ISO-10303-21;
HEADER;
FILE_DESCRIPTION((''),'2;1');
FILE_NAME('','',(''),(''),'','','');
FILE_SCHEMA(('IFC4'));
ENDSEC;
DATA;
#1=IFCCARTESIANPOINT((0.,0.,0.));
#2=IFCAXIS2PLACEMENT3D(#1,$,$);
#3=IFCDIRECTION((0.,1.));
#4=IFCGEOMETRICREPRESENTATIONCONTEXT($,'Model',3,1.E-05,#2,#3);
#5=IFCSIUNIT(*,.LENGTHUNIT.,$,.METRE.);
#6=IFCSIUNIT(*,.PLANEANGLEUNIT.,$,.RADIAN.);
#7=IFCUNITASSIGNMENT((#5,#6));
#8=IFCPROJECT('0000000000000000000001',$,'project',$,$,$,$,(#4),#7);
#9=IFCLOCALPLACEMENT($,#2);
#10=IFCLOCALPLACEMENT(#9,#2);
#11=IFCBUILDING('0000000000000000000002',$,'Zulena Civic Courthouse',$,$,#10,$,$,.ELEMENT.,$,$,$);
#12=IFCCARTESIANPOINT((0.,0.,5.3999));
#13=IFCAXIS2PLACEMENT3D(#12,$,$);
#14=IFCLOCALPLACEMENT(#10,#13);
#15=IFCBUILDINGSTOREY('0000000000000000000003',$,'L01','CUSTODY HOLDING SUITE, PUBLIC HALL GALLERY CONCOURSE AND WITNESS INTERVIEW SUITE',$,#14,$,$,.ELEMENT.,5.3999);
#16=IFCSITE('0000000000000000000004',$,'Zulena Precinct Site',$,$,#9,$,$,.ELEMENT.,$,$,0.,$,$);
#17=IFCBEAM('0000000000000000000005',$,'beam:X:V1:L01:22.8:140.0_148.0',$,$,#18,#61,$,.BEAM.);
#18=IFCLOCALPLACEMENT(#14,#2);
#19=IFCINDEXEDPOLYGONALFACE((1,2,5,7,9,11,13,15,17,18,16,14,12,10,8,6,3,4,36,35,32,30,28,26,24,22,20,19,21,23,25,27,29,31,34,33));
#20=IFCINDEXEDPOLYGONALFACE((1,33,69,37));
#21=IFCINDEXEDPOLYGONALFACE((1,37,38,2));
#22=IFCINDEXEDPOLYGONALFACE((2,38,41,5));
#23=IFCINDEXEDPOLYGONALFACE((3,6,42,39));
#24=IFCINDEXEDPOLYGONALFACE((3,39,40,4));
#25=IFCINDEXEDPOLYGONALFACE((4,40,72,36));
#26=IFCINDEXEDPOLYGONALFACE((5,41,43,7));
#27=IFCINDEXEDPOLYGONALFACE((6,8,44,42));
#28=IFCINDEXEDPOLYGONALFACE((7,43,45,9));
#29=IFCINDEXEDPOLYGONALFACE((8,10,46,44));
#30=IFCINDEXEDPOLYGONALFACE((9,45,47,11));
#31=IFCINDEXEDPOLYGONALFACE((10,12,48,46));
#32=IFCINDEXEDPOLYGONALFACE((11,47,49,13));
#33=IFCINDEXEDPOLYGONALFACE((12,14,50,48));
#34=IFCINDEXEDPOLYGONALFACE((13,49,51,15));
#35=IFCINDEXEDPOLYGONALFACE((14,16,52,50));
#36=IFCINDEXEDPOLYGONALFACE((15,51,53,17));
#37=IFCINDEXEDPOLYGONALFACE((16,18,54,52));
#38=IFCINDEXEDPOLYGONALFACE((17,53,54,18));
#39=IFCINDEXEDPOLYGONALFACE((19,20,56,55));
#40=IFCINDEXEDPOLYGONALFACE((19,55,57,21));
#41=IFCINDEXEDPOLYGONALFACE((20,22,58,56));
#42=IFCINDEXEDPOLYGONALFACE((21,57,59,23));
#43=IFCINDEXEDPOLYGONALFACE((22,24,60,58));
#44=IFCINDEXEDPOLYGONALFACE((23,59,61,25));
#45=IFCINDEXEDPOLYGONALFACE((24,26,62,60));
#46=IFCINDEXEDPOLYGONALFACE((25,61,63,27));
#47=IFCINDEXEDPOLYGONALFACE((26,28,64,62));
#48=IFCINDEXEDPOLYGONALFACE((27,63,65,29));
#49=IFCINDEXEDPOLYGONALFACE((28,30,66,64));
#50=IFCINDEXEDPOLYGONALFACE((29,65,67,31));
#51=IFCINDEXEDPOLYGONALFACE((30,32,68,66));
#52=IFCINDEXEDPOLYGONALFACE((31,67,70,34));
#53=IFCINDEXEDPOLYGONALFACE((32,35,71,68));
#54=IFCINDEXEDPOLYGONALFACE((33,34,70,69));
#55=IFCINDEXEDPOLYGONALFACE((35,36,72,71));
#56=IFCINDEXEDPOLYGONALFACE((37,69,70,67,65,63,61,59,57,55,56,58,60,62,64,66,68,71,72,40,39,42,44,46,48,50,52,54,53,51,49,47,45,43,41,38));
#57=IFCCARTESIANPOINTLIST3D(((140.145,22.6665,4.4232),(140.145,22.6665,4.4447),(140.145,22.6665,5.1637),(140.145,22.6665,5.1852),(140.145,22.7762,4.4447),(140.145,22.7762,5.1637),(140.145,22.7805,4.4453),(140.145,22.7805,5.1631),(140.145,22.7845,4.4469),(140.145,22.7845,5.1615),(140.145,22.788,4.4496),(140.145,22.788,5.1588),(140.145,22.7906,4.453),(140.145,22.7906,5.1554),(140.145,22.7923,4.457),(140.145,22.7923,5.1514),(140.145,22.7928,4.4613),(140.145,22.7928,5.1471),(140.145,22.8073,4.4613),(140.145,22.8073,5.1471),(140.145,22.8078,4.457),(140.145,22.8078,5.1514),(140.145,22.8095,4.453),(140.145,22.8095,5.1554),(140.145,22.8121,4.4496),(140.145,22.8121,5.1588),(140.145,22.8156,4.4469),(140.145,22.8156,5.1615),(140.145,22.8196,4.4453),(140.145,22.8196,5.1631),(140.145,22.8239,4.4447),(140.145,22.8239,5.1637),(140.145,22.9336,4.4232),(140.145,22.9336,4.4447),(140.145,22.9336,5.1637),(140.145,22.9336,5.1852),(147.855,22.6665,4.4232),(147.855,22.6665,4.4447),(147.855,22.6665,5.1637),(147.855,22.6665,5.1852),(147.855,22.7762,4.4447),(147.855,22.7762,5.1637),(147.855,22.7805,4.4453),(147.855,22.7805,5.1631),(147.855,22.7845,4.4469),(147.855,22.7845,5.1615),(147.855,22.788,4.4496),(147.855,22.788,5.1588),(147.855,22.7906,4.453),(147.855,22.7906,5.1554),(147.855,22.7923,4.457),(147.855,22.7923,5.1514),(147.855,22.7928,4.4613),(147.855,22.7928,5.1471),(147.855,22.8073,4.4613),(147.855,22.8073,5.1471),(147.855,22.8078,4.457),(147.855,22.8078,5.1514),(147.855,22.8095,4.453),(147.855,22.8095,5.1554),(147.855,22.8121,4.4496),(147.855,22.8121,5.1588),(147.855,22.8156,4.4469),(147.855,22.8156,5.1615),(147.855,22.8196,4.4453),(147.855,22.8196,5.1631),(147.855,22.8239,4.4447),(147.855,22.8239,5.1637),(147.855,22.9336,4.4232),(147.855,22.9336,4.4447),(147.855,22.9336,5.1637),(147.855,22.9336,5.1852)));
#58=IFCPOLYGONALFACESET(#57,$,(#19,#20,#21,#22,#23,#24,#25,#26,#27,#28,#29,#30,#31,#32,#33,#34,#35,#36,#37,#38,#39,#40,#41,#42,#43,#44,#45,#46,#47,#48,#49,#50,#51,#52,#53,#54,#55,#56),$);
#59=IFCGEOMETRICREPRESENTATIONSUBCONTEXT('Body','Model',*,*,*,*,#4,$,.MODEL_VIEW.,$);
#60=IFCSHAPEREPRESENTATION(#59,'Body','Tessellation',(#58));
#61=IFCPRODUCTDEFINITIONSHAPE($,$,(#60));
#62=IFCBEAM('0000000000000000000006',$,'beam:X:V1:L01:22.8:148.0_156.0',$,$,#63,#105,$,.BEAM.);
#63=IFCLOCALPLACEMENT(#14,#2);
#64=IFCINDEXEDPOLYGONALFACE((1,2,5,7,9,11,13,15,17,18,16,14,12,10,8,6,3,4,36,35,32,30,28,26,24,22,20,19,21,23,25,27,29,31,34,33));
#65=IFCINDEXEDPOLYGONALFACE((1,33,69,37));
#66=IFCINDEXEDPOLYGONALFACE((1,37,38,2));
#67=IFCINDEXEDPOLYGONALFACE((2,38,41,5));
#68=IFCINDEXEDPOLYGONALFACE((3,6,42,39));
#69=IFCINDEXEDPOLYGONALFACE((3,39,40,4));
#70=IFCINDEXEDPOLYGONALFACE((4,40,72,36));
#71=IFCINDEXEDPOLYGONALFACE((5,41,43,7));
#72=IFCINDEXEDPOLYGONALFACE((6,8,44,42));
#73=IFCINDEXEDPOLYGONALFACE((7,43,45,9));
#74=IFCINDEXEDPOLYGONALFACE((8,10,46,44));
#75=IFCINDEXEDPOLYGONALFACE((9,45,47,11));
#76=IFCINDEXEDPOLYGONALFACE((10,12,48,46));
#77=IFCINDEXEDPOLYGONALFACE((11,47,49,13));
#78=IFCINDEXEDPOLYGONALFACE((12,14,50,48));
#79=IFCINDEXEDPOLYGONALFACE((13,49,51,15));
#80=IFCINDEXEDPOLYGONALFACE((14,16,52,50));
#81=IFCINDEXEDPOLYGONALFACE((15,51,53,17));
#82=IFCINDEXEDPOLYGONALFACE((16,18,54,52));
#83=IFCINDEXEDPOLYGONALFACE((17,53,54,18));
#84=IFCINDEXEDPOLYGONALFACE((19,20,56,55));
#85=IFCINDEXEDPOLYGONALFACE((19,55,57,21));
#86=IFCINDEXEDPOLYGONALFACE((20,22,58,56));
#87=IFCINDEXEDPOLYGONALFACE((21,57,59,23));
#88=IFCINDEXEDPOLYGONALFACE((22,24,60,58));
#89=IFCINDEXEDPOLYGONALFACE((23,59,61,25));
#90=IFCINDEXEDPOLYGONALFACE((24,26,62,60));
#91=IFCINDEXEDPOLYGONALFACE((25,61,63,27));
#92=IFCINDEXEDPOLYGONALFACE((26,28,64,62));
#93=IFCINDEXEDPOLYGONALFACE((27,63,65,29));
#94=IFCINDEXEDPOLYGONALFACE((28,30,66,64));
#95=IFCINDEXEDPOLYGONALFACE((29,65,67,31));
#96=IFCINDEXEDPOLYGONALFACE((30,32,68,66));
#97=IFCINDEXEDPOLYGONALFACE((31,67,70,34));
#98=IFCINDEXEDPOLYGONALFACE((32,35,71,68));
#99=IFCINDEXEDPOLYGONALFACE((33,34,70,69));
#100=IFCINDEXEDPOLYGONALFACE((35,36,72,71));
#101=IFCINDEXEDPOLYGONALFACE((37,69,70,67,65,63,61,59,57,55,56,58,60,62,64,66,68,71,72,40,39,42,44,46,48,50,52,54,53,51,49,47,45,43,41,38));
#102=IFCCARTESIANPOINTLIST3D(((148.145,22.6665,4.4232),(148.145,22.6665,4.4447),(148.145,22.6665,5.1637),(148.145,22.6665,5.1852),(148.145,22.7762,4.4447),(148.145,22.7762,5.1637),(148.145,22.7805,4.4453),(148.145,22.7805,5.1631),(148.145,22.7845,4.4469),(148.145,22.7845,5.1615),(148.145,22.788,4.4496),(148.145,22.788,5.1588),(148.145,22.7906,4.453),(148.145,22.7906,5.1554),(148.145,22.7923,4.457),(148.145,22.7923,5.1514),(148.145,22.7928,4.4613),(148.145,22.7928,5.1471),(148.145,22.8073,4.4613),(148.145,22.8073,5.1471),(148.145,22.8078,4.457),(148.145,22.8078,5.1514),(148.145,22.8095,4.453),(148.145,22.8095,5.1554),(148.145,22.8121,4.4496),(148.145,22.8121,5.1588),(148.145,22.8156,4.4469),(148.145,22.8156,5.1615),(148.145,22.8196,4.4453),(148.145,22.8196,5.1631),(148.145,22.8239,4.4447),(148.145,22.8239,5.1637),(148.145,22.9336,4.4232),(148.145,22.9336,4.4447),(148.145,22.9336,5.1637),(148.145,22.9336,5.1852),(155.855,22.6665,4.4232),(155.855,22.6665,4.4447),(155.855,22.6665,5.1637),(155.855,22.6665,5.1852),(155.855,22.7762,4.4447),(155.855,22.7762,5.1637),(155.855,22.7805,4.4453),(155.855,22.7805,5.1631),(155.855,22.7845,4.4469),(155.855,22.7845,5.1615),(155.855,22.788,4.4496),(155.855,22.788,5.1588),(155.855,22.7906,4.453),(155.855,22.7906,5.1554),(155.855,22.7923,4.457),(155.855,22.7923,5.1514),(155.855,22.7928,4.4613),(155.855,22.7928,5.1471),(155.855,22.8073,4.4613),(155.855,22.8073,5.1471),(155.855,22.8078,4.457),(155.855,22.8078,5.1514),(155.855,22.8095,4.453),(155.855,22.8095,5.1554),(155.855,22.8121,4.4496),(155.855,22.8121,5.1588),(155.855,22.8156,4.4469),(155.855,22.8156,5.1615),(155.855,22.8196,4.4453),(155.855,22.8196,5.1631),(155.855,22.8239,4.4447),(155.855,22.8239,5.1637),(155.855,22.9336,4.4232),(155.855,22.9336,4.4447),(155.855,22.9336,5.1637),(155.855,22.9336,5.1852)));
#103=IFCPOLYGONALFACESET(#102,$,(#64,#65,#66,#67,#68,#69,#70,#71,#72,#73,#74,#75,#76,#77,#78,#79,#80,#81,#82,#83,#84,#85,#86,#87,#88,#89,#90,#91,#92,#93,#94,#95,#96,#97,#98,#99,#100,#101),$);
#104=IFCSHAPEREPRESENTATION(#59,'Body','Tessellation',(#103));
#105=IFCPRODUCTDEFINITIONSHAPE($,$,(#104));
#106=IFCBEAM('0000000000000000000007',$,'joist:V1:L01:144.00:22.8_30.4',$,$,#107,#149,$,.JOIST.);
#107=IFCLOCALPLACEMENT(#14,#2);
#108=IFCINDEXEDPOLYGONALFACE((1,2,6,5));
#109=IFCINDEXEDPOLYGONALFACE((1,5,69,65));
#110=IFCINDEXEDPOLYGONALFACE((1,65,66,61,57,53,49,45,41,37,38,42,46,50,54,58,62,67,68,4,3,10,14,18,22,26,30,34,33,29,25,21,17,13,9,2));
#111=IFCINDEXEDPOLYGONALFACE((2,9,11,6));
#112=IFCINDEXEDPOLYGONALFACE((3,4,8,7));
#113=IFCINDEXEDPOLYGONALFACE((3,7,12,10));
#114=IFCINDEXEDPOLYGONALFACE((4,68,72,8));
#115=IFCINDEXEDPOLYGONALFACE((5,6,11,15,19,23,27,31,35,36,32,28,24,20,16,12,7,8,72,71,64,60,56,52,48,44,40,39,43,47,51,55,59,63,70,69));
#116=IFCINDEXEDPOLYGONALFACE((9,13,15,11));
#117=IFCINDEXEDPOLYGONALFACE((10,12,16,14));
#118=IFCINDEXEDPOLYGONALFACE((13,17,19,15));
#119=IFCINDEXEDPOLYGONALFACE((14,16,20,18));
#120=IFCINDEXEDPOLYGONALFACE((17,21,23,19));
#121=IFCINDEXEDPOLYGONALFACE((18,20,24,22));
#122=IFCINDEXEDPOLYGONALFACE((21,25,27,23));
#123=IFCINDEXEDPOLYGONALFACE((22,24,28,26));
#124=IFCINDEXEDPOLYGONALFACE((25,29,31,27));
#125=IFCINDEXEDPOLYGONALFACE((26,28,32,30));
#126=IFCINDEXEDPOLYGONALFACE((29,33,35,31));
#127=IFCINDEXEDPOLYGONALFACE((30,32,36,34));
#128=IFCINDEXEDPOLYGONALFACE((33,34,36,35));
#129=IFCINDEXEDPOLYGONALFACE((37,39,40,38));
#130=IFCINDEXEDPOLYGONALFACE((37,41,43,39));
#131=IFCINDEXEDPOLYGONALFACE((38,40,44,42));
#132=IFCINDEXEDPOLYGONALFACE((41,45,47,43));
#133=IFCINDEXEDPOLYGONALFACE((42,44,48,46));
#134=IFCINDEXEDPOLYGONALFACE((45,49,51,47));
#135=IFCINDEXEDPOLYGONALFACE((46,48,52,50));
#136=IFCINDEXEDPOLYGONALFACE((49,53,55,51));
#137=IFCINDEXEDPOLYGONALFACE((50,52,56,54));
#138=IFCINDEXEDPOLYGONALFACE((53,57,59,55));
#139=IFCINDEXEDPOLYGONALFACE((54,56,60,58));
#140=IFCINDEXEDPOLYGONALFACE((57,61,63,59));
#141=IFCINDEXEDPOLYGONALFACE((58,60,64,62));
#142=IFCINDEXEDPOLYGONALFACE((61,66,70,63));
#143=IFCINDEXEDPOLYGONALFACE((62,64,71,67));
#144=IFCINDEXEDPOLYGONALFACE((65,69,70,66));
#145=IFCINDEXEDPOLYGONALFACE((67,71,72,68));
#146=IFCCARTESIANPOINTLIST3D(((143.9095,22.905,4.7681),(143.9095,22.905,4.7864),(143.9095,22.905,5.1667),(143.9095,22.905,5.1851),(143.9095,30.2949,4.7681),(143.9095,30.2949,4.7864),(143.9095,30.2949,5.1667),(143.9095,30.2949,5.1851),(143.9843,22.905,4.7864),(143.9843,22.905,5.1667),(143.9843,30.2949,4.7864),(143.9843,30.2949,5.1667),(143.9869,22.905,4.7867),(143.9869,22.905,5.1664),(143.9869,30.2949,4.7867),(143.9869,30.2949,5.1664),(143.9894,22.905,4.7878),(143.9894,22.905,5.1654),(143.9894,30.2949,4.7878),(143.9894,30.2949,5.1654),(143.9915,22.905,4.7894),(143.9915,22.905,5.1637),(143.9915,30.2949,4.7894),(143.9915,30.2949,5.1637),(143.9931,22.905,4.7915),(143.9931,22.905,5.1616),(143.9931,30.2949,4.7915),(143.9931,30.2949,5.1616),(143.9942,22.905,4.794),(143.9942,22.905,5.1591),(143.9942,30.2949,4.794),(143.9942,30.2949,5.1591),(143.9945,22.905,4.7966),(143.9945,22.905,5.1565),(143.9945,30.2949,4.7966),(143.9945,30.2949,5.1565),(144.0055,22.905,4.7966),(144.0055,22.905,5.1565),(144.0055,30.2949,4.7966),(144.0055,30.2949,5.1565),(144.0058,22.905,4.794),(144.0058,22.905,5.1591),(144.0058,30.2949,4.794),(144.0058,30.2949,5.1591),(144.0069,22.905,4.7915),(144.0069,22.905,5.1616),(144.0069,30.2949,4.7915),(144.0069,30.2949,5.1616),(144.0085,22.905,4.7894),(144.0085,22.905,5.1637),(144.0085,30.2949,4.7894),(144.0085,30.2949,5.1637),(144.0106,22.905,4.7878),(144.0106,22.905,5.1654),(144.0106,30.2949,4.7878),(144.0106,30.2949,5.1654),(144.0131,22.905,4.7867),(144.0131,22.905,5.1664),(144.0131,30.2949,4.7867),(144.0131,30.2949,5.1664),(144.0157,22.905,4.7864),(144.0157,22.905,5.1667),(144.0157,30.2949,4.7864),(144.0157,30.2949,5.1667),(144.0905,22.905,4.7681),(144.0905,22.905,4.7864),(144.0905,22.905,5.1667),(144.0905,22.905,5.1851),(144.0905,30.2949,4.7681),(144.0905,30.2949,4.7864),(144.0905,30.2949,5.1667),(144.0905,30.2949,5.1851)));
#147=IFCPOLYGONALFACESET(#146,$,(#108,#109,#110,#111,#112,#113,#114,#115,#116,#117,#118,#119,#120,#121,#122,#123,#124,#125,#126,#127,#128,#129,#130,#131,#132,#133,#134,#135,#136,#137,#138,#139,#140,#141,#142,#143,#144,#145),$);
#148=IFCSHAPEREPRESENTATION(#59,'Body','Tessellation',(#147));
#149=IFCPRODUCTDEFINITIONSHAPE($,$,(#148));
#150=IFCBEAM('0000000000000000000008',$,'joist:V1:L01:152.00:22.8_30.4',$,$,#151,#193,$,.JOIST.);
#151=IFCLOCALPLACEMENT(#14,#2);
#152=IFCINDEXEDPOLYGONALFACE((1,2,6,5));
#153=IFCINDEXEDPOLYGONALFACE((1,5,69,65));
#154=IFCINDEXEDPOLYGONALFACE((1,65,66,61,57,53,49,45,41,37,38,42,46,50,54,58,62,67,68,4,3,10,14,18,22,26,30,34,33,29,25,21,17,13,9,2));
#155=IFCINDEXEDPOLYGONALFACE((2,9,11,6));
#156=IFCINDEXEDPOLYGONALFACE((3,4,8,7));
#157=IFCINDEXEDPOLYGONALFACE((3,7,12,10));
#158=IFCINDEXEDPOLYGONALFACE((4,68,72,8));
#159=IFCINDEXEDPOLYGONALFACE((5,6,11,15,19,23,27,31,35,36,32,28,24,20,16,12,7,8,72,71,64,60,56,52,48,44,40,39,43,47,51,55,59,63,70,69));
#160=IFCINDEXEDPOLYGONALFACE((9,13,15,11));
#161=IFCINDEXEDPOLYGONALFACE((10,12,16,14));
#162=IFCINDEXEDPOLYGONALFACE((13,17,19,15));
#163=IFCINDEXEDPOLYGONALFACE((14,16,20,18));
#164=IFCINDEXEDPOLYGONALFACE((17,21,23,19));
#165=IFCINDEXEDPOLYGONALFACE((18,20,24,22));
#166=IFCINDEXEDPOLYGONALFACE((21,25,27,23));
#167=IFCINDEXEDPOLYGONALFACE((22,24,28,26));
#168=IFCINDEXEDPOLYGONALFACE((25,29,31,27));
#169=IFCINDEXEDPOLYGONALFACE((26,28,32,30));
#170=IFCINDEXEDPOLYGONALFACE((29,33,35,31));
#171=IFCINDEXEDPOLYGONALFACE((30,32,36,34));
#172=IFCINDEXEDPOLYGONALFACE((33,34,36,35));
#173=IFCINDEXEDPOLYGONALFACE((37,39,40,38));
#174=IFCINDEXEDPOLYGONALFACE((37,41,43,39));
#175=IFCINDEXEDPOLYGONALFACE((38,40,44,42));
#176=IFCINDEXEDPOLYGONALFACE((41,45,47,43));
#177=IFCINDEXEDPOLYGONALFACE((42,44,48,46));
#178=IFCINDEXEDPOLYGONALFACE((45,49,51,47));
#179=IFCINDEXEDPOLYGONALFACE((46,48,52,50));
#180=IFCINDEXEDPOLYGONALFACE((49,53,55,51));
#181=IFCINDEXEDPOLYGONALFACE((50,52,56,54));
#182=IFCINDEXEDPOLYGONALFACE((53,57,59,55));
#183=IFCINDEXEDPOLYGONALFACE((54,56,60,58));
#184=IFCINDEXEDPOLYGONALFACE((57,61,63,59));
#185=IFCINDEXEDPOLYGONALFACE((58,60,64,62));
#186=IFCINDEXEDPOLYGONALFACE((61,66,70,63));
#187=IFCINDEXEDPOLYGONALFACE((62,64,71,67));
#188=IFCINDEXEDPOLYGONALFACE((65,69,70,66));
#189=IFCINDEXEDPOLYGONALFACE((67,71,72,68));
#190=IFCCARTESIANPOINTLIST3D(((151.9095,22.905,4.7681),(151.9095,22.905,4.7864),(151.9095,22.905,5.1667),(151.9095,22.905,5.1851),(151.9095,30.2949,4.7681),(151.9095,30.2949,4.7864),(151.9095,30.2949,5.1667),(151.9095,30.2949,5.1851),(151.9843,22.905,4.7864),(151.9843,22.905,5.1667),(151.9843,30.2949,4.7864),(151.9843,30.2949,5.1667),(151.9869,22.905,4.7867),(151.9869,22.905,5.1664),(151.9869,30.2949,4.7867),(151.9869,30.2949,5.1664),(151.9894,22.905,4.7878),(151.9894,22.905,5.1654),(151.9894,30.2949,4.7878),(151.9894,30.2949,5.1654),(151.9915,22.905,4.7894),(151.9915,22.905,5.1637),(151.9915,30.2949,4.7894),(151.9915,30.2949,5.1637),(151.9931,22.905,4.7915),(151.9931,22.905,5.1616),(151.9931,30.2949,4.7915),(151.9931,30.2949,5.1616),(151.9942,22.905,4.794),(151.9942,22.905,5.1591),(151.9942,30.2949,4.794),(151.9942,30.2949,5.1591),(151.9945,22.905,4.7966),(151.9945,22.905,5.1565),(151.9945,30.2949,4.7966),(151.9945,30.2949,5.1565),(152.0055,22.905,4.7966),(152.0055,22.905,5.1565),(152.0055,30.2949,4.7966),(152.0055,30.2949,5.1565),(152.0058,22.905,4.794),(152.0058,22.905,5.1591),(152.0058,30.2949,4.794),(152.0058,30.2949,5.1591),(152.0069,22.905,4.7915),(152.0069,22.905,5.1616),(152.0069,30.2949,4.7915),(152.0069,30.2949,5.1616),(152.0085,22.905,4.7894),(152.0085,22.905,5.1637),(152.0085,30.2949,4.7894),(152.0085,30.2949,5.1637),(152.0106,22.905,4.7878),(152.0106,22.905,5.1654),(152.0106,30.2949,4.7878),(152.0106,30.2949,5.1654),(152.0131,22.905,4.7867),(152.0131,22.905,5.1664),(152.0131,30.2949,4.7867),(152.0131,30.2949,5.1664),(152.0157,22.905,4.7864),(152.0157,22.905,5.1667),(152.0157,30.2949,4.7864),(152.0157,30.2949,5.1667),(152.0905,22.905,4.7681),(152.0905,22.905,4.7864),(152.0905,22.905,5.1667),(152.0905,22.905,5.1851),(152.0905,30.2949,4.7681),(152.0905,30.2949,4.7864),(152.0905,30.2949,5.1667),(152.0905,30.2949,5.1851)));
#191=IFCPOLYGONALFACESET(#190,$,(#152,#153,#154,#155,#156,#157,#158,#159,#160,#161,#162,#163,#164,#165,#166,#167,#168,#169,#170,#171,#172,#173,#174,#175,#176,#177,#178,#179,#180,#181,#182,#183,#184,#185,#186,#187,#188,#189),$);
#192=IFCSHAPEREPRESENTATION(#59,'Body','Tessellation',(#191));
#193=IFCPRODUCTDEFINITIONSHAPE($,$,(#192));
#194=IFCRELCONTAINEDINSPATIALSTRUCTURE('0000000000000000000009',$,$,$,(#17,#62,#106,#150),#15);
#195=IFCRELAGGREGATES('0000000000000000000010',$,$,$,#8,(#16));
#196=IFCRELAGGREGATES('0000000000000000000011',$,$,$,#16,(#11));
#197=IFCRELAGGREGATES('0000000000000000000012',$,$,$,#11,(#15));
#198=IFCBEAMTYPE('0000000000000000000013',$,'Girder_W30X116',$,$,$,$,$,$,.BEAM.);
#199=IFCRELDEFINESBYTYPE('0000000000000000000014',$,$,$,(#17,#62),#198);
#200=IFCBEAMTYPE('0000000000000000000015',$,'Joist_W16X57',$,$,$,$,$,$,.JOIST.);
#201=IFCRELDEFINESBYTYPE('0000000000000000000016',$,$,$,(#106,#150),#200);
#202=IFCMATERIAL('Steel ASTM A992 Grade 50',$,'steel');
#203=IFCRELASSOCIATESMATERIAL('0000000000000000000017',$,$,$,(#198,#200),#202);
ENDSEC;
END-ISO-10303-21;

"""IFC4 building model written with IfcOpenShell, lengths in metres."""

from ifc_helpers import new_model, si_unit, direction, frame, origin, origin_2d, place, context, subcontext, project, spatial, i_section, extrude, material, material_profile, profile_set, type_object, element, save


model = new_model("IFC4")

# Units and contexts
model_context = context("Model", 3, precision=1e-05, world=origin(), true_north=direction((0.0, 1.0)))
body_context = subcontext(model_context, "Body", "Model", "MODEL_VIEW")
ifc_project = project(units=[si_unit("LENGTHUNIT", "METRE"), si_unit("PLANEANGLEUNIT", "RADIAN")], contexts=[model_context])

# Site, building, storey
site_placement = place(None, origin())
site = spatial("IfcSite", under=ifc_project, at=site_placement, Name="Zulena Precinct Site", CompositionType="ELEMENT", RefElevation=0.0)
building_placement = place(site_placement, origin())
building = spatial("IfcBuilding", under=site, at=building_placement, Name="Zulena Civic Courthouse", CompositionType="ELEMENT")
storey_placement = place(building_placement, frame((0.0, 0.0, 5.3999)))
storey = spatial("IfcBuildingStorey", under=building, at=storey_placement, Name="L01", Description="CUSTODY HOLDING SUITE, PUBLIC HALL GALLERY CONCOURSE AND WITNESS INTERVIEW SUITE", CompositionType="ELEMENT", Elevation=5.3999)

# Shared definitions
ifc_material_1 = material(Name="Steel ASTM A992 Grade 50", Category="steel")

# Beams
ifc_material_profile_1 = material_profile(ifc_material_1, i_section(OverallWidth=0.2671, OverallDepth=0.762, WebThickness=0.0144, FlangeThickness=0.0215, FilletRadius=0.0166, at=origin_2d()), Name="W30X116")
ifc_profile_set_1 = profile_set([ifc_material_profile_1], Name="Steel ASTM A992 Grade 50")
beam_type_1 = type_object("IfcBeamType", Name="Girder_W30X116", PredefinedType="BEAM", material=ifc_profile_set_1)
for number, where, z_axis, x_axis, name in (
    (1, (140.145, 22.8, 4.8042), (1.0, 0.0, 0.0), (0.0, 1.0, 0.0), "beam:X:V1:L01:22.8:140.0_148.0"),
    (2, (148.145, 22.8, 4.8042), (1.0, 0.0, 0.0), (0.0, 1.0, 0.0), "beam:X:V1:L01:22.8:148.0_156.0"),
):
    element("IfcBeam", number, at=place(storey_placement, frame(where, z_axis=z_axis, x_axis=x_axis)), inside=storey, type_object=beam_type_1, Name=name, PredefinedType="BEAM", context=body_context, shape_type="SweptSolid", body=[
        extrude(i_section(OverallWidth=0.2671, OverallDepth=0.762, WebThickness=0.0144, FlangeThickness=0.0215, FilletRadius=0.0166, at=origin_2d()), origin(), (0.0, 0.0, 1.0), 7.71),
    ])
ifc_material_profile_2 = material_profile(ifc_material_1, i_section(OverallWidth=0.1809, OverallDepth=0.417, WebThickness=0.011, FlangeThickness=0.0183, FilletRadius=0.0103, at=origin_2d()), Name="W16X57")
ifc_profile_set_2 = profile_set([ifc_material_profile_2], Name="Steel ASTM A992 Grade 50")
beam_type_2 = type_object("IfcBeamType", Name="Joist_W16X57", PredefinedType="JOIST", material=ifc_profile_set_2)
for number, where, z_axis, x_axis, name in (
    (3, (144.0, 22.905, 4.9766), (0.0, 1.0, 0.0), (-1.0, 0.0, 0.0), "joist:V1:L01:144.00:22.8_30.4"),
    (4, (152.0, 22.905, 4.9766), (0.0, 1.0, 0.0), (-1.0, 0.0, 0.0), "joist:V1:L01:152.00:22.8_30.4"),
):
    element("IfcBeam", number, at=place(storey_placement, frame(where, z_axis=z_axis, x_axis=x_axis)), inside=storey, type_object=beam_type_2, Name=name, PredefinedType="JOIST", context=body_context, shape_type="SweptSolid", body=[
        extrude(i_section(OverallWidth=0.1809, OverallDepth=0.417, WebThickness=0.011, FlangeThickness=0.0183, FilletRadius=0.0103, at=origin_2d()), origin(), (0.0, 0.0, 1.0), 7.3899),
    ])

save(model, "model.ifc")
